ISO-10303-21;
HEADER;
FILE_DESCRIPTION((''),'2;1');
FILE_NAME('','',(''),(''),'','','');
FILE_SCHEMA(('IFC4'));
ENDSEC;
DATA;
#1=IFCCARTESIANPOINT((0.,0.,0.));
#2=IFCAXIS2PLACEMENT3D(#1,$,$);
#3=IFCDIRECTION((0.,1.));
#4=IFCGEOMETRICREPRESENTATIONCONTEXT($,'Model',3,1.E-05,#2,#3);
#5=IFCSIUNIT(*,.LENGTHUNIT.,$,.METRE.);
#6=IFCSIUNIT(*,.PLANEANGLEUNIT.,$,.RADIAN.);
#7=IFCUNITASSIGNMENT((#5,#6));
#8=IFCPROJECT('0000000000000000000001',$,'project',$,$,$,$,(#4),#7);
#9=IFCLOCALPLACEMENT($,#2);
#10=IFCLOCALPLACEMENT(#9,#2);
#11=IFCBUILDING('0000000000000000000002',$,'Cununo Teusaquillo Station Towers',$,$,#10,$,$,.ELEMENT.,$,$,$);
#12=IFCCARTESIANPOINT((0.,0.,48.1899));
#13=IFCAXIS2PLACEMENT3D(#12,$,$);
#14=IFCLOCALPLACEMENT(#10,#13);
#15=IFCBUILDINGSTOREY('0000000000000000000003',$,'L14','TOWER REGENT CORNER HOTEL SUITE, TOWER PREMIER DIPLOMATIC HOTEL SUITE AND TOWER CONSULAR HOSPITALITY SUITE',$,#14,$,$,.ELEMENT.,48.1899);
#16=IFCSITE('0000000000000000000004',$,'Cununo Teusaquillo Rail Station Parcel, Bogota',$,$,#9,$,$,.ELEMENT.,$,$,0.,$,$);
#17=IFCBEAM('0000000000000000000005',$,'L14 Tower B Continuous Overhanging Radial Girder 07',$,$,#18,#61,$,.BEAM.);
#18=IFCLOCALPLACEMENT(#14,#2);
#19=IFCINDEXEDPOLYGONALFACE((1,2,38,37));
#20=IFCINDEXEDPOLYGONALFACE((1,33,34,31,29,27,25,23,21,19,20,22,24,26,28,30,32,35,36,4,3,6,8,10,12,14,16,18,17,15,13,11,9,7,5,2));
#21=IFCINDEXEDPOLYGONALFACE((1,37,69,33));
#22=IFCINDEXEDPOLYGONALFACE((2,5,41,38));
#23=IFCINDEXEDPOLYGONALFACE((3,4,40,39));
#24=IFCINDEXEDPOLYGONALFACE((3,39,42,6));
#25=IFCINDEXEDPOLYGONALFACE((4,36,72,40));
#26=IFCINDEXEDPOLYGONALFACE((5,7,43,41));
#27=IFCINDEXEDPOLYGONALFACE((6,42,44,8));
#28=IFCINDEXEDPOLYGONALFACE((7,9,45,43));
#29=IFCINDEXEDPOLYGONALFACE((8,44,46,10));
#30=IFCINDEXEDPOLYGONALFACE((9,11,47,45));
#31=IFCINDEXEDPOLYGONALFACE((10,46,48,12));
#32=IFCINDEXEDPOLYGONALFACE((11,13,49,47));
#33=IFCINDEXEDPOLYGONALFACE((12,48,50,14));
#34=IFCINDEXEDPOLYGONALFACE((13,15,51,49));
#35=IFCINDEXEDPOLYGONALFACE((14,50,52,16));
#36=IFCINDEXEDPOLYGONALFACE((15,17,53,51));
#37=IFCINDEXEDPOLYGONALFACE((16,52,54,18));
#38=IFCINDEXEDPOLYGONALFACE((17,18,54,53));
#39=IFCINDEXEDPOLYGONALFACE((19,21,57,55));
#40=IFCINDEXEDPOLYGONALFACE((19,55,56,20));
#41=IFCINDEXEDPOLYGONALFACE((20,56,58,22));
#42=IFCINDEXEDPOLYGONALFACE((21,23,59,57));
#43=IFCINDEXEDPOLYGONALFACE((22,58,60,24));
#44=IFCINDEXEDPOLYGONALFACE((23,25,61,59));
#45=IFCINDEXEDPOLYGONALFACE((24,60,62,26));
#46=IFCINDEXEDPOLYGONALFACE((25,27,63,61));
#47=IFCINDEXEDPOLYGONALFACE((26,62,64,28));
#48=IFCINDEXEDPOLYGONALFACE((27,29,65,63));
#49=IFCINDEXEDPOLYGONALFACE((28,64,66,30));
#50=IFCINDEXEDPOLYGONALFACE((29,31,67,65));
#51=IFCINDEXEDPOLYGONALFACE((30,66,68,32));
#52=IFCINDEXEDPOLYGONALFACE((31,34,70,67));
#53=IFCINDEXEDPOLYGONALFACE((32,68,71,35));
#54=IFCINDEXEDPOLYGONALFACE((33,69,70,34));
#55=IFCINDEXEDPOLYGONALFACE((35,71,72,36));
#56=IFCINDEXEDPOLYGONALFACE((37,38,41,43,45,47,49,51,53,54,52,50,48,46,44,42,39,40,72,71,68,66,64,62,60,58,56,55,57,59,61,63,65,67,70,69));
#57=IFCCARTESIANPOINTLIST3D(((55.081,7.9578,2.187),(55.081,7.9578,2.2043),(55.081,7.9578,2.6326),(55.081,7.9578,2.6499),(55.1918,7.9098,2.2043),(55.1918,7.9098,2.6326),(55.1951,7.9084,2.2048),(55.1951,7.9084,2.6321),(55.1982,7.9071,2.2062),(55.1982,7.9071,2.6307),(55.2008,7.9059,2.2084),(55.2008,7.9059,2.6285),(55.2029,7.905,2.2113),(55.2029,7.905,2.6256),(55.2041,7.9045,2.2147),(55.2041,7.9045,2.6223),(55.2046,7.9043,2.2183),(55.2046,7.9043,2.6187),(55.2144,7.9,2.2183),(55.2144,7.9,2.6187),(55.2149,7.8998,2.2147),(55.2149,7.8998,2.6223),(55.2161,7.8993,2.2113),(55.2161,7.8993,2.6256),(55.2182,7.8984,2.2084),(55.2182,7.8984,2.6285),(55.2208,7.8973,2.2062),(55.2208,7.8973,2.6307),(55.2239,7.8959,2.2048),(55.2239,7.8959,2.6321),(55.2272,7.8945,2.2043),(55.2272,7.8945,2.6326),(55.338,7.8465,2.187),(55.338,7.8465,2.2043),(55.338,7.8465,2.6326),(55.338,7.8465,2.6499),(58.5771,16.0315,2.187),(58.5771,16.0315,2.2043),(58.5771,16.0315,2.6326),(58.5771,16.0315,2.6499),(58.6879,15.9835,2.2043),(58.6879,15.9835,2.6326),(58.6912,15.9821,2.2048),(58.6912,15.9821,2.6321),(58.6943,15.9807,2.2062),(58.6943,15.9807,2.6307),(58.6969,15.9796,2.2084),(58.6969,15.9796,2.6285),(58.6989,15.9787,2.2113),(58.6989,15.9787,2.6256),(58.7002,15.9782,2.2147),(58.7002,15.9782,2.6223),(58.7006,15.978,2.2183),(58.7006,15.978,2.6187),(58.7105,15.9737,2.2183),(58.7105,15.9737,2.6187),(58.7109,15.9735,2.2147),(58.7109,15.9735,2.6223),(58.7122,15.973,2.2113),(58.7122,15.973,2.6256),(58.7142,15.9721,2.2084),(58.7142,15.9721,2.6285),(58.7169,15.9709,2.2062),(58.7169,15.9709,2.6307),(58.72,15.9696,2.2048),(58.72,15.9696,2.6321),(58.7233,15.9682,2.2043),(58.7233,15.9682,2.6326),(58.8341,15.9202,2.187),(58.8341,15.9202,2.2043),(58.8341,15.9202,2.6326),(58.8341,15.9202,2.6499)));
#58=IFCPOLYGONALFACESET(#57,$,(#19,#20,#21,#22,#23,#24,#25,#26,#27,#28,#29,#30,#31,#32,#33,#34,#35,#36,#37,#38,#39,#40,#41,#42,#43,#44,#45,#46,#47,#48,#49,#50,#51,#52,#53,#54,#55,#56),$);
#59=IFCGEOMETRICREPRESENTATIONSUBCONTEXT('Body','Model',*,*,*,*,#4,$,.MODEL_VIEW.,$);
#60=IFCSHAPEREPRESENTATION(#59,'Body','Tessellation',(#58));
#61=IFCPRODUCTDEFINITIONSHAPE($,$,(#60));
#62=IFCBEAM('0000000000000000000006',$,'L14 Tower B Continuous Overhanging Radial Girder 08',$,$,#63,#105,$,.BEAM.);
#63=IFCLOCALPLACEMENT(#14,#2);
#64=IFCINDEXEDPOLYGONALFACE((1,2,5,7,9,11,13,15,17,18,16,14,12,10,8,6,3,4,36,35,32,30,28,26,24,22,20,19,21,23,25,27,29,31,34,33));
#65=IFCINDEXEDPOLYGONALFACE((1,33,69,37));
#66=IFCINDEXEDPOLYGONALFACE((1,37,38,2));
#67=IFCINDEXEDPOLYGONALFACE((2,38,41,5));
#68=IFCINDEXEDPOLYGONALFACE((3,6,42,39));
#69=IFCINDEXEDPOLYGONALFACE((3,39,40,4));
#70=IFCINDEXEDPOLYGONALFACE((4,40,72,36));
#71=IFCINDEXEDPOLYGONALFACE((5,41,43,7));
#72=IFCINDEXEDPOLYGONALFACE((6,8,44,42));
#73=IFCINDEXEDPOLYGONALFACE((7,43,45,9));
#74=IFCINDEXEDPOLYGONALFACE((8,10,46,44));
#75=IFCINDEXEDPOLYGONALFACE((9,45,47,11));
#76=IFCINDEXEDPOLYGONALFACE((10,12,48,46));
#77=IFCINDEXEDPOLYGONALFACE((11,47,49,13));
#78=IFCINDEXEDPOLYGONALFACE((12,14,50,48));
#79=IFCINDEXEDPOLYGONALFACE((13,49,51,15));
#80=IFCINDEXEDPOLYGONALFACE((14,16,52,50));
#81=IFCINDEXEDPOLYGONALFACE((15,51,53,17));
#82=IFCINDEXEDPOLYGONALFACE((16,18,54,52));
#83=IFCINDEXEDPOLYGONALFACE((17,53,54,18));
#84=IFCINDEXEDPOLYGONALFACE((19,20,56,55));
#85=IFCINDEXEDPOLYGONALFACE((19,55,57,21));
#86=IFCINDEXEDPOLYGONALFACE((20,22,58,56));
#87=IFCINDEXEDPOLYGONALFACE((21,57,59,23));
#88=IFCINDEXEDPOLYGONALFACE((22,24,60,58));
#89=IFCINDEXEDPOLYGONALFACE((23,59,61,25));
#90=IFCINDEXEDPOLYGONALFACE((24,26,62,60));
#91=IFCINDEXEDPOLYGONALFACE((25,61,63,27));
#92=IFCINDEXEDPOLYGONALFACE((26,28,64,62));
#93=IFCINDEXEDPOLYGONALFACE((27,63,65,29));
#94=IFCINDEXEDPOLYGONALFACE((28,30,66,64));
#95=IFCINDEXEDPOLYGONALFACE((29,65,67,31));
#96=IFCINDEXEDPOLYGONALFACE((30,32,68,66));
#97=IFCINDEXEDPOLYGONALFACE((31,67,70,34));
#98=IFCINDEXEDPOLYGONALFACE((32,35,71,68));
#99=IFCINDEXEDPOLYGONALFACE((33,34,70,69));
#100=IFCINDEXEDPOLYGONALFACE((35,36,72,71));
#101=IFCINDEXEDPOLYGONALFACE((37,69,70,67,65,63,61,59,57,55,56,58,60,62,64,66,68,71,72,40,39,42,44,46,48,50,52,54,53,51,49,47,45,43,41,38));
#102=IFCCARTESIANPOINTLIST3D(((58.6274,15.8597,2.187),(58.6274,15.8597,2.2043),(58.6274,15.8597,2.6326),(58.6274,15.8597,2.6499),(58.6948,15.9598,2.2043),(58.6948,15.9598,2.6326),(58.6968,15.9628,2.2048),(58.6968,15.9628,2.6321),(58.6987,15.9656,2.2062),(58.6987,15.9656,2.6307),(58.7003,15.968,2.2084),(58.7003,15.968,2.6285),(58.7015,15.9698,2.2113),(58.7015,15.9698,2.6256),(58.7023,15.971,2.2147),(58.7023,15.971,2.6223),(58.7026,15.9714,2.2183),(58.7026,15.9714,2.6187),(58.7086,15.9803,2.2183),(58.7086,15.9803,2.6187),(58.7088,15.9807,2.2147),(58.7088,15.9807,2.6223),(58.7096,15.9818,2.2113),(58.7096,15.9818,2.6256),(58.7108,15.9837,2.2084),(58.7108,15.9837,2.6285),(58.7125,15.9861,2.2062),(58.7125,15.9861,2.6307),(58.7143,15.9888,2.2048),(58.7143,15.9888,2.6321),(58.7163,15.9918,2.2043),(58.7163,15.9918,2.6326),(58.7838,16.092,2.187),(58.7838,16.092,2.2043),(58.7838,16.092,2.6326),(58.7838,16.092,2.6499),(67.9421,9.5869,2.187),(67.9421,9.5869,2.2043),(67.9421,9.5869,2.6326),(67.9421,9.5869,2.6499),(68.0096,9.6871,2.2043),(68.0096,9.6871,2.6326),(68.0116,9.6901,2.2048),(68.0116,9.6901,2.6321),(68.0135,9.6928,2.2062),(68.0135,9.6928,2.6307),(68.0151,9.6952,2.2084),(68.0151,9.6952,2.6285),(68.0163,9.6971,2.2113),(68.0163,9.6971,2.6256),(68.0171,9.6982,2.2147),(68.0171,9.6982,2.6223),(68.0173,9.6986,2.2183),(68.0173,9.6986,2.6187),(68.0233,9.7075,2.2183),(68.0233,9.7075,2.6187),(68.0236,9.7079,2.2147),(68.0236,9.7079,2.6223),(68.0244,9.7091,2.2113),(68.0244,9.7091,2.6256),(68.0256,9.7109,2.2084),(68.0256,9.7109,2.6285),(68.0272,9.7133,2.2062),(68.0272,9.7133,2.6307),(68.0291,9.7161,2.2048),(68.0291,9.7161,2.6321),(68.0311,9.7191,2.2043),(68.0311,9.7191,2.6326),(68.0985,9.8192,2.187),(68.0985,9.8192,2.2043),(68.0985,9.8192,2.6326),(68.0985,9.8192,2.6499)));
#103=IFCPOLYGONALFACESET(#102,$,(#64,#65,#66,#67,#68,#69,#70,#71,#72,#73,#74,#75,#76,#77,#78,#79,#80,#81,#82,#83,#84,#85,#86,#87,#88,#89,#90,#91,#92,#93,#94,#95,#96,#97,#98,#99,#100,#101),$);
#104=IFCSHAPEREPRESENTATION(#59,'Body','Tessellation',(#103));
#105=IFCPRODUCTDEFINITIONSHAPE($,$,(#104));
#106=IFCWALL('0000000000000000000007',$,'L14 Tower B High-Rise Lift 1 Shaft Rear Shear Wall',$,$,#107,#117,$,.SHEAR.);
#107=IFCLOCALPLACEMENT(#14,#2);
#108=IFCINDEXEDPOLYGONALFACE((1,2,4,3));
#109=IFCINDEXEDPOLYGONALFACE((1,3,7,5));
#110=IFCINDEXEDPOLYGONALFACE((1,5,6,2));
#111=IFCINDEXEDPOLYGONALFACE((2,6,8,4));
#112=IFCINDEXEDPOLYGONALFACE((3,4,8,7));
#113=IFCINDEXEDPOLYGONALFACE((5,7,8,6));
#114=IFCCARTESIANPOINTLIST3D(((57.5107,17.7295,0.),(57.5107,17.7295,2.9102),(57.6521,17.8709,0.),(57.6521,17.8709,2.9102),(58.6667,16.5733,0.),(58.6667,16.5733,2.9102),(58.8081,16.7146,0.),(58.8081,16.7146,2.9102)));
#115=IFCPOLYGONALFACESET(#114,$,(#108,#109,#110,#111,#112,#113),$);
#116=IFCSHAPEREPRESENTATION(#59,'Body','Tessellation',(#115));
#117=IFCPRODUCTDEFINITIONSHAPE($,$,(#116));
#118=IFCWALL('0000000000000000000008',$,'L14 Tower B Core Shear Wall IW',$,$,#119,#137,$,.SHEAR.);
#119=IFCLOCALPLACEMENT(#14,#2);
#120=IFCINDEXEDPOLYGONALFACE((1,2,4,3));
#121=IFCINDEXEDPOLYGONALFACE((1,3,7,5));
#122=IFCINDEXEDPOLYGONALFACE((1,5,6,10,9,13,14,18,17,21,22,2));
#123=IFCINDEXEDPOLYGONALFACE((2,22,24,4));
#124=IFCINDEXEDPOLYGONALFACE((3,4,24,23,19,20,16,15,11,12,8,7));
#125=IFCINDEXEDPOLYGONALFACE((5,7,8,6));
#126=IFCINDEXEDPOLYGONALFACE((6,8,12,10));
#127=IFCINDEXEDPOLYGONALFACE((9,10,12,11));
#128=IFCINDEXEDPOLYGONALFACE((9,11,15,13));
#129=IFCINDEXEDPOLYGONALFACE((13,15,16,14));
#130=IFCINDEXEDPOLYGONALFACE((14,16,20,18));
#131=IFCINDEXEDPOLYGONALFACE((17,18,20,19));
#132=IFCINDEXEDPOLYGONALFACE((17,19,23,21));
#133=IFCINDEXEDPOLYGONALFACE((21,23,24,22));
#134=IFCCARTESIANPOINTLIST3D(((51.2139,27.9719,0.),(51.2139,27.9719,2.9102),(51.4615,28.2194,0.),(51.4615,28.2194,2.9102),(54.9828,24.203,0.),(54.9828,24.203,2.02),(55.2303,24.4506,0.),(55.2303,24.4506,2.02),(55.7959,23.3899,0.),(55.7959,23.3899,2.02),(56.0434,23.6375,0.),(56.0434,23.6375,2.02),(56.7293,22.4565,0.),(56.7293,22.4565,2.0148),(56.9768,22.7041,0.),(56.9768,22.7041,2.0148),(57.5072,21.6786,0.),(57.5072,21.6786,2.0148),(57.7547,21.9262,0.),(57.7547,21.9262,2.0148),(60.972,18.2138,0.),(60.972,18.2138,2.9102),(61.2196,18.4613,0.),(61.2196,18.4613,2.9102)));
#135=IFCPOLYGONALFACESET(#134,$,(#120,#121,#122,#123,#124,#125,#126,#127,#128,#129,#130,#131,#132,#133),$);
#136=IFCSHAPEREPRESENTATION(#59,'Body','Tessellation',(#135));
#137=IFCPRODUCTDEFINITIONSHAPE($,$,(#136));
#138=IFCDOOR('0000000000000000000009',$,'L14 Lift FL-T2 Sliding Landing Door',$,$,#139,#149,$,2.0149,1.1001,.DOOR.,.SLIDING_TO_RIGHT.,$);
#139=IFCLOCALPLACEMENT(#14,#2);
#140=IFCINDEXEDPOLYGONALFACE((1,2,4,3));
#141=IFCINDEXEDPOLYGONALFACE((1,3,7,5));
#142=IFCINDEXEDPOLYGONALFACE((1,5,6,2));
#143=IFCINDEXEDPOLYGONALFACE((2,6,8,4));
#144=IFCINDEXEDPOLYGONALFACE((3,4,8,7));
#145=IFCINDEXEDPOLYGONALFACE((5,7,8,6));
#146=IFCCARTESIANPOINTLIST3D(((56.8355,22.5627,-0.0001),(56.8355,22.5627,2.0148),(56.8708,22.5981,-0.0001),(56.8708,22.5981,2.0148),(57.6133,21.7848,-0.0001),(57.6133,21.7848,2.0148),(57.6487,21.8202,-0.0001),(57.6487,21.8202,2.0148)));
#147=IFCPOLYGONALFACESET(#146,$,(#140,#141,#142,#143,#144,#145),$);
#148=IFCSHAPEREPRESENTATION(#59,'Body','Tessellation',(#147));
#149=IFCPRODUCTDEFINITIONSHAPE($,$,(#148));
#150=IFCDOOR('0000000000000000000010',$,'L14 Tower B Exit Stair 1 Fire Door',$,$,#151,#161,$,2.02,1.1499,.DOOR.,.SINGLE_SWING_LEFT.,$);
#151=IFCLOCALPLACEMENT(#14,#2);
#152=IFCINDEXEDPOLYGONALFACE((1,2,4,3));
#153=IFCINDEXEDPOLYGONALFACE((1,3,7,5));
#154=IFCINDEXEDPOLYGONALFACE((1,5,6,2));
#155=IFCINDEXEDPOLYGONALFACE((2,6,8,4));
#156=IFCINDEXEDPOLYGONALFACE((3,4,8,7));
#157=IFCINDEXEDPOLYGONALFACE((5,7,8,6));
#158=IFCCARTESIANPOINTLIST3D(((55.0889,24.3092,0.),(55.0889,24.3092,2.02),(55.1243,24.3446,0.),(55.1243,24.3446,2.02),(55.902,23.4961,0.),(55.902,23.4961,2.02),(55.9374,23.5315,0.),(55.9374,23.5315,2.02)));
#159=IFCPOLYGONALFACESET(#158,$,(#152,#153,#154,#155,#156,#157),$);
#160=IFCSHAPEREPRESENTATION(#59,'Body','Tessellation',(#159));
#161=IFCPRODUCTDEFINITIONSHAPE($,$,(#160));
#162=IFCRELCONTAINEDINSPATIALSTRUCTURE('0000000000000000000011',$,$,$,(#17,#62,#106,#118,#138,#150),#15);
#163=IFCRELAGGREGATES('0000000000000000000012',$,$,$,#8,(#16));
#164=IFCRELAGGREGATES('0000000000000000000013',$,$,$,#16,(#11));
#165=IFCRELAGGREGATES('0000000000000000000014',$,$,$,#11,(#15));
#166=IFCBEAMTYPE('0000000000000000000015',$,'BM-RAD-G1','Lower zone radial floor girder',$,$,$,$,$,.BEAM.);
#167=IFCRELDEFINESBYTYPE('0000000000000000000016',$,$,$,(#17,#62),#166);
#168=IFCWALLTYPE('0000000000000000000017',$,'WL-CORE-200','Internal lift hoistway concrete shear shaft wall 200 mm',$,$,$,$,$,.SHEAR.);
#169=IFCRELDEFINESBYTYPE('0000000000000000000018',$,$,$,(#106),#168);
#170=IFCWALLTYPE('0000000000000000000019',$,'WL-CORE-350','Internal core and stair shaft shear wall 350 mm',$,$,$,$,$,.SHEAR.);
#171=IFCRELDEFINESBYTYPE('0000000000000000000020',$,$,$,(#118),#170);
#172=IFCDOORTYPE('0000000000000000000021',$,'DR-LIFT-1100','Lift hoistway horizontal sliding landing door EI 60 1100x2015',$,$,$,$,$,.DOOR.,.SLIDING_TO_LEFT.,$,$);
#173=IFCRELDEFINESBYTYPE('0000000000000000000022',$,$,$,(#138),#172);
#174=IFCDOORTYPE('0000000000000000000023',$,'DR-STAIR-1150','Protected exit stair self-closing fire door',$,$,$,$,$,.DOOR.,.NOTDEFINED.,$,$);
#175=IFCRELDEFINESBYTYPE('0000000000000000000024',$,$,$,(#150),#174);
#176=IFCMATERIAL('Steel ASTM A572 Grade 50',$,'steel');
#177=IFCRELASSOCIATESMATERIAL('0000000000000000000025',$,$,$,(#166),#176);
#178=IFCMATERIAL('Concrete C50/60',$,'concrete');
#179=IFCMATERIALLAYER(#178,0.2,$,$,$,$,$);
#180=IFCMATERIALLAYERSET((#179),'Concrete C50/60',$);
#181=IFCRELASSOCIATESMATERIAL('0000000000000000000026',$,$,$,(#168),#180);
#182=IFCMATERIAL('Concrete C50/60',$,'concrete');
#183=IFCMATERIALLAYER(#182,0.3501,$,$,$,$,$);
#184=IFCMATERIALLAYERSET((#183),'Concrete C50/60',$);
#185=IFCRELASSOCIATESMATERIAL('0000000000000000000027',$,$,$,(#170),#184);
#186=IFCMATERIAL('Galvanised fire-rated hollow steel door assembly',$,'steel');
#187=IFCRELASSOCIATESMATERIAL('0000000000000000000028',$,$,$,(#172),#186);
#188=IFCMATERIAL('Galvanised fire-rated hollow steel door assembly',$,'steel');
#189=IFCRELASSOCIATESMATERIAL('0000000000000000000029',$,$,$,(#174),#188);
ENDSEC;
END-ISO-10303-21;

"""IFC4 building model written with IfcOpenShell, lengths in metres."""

from ifc_helpers import new_model, si_unit, direction, frame, frame_2d, origin, origin_2d, place, context, subcontext, project, spatial, rectangle, i_section, extrude, source, transform, mapped, material, layer, layer_set, material_profile, profile_set, type_object, element, fill, save


model = new_model("IFC4")

# Units and contexts
model_context = context("Model", 3, precision=1e-05, world=origin(), true_north=direction((0.0, 1.0)))
body_context = subcontext(model_context, "Body", "Model", "MODEL_VIEW")
ifc_project = project(units=[si_unit("LENGTHUNIT", "METRE"), si_unit("PLANEANGLEUNIT", "RADIAN")], contexts=[model_context])

# Site, building, storey
site_placement = place(None, origin())
site = spatial("IfcSite", under=ifc_project, at=site_placement, Name="Cununo Teusaquillo Rail Station Parcel, Bogota", CompositionType="ELEMENT", RefElevation=0.0)
building_placement = place(site_placement, origin())
building = spatial("IfcBuilding", under=site, at=building_placement, Name="Cununo Teusaquillo Station Towers", CompositionType="ELEMENT")
storey_placement = place(building_placement, frame((0.0, 0.0, 48.1899)))
storey = spatial("IfcBuildingStorey", under=building, at=storey_placement, Name="L14", Description="TOWER REGENT CORNER HOTEL SUITE, TOWER PREMIER DIPLOMATIC HOTEL SUITE AND TOWER CONSULAR HOSPITALITY SUITE", CompositionType="ELEMENT", Elevation=48.1899)

# Beams
ifc_material_1 = material(Name="Steel ASTM A572 Grade 50", Category="steel")
ifc_material_profile_1 = material_profile(ifc_material_1, i_section(OverallWidth=0.28, OverallDepth=0.4629, WebThickness=0.0107, FlangeThickness=0.0173, FilletRadius=0.0139, at=origin_2d()), Name="W18X76")
ifc_profile_set_1 = profile_set([ifc_material_profile_1], Name="Steel ASTM A572 Grade 50")
beam_type_1 = type_object("IfcBeamType", Name="BM-RAD-G1", Description="Lower zone radial floor girder", PredefinedType="BEAM", material=ifc_profile_set_1)
beam_1_placement = place(storey_placement, frame((58.7056, 15.9758, 2.4185), z_axis=(-0.397366, -0.91766, 0.0), x_axis=(0.91766, -0.397366, 0.0)))
element("IfcBeam", 1, at=beam_1_placement, inside=storey, type_object=beam_type_1, Name="L14 Tower B Continuous Overhanging Radial Girder 07", PredefinedType="BEAM", context=body_context, shape_type="SweptSolid", body=[
    extrude(i_section(OverallWidth=0.28, OverallDepth=0.4629, WebThickness=0.0107, FlangeThickness=0.0173, FilletRadius=0.0139, at=origin_2d()), origin(), (0.0, 0.0, 1.0), 8.7981),
])
beam_2_placement = place(storey_placement, frame((58.7056, 15.9758, 2.4185), z_axis=(0.829456, -0.558572, 0.0), x_axis=(0.558572, 0.829456, 0.0)))
element("IfcBeam", 2, at=beam_2_placement, inside=storey, type_object=beam_type_1, Name="L14 Tower B Continuous Overhanging Radial Girder 08", PredefinedType="BEAM", context=body_context, shape_type="SweptSolid", body=[
    extrude(i_section(OverallWidth=0.28, OverallDepth=0.4629, WebThickness=0.0107, FlangeThickness=0.0173, FilletRadius=0.0139, at=origin_2d()), origin(), (0.0, 0.0, 1.0), 11.23),
])

# Wall
ifc_material_2 = material(Name="Concrete C50/60", Category="concrete")
ifc_layer_1 = layer(ifc_material_2, 0.2)
ifc_layer_set_1 = layer_set([ifc_layer_1], Name="Concrete C50/60")
wall_type_1 = type_object("IfcWallType", Name="WL-CORE-200", Description="Internal lift hoistway concrete shear shaft wall 200 mm", PredefinedType="SHEAR", material=ifc_layer_set_1)
wall_1_placement = place(storey_placement, frame((58.7373, 16.644, 0.0), z_axis=(0.0, 0.0, 1.0), x_axis=(-0.707032, 0.707181, 0.0)))
element("IfcWall", 3, at=wall_1_placement, inside=storey, type_object=wall_type_1, Name="L14 Tower B High-Rise Lift 1 Shaft Rear Shear Wall", PredefinedType="SHEAR", context=body_context, shape_type="SweptSolid", body=[
    extrude(rectangle(XDim=1.635, YDim=0.2, at=frame_2d((0.8174, 0.0))), origin(), (0.0, 0.0, 1.0), 2.9102),
])

# Wall, openings, doors
ifc_material_3 = material(Name="Concrete C50/60", Category="concrete")
ifc_layer_2 = layer(ifc_material_3, 0.3501)
ifc_layer_set_2 = layer_set([ifc_layer_2], Name="Concrete C50/60")
wall_type_2 = type_object("IfcWallType", Name="WL-CORE-350", Description="Internal core and stair shaft shear wall 350 mm", PredefinedType="SHEAR", material=ifc_layer_set_2)
wall_2_placement = place(storey_placement, frame((61.0957, 18.3376, 0.0), z_axis=(0.0, 0.0, 1.0), x_axis=(-0.707107, 0.707107, 0.0)))
wall_2 = element("IfcWall", 4, at=wall_2_placement, inside=storey, type_object=wall_type_2, Name="L14 Tower B Core Shear Wall IW", PredefinedType="SHEAR", context=body_context, shape_type="SweptSolid", body=[
    extrude(rectangle(XDim=13.8, YDim=0.3501, at=frame_2d((6.8999, 0.0))), origin(), (0.0, 0.0, 1.0), 2.9102),
])
shared_shape_1 = source(origin(), body_context, "Body", "SweptSolid", [
    extrude(rectangle(XDim=1.1001, YDim=2.0149, at=frame_2d((0.55, 1.0073))), frame((0.0, 0.1851, 0.0), z_axis=(0.0, -1.0, 0.0), x_axis=(1.0, 0.0, 0.0)), (0.0, 0.0, 1.0), 0.3701),
])
opening_1_placement = place(wall_2_placement, frame((4.8999, 0.0, 0.0)))
opening_1 = element("IfcOpeningElement", 5, at=opening_1_placement, cuts=wall_2, PredefinedType="OPENING", context=body_context, shape_type="MappedRepresentation", body=[
    mapped(shared_shape_1, transform((0.0, 0.0, 0.0), x_axis=(1.0, 0.0, 0.0), y_axis=(0.0, 1.0, 0.0), z_axis=(0.0, 0.0, 1.0), scale=1.0)),
])
shared_shape_2 = source(origin(), body_context, "Body", "SweptSolid", [
    extrude(rectangle(XDim=1.1499, YDim=2.02, at=frame_2d((0.575, 1.01))), frame((0.0, 0.1851, 0.0), z_axis=(0.0, -1.0, 0.0), x_axis=(1.0, 0.0, 0.0)), (0.0, 0.0, 1.0), 0.3701),
])
opening_2_placement = place(wall_2_placement, frame((7.3201, 0.0, 0.0)))
opening_2 = element("IfcOpeningElement", 6, at=opening_2_placement, cuts=wall_2, PredefinedType="OPENING", context=body_context, shape_type="MappedRepresentation", body=[
    mapped(shared_shape_2, transform((0.0, 0.0, 0.0), x_axis=(1.0, 0.0, 0.0), y_axis=(0.0, 1.0, 0.0), z_axis=(0.0, 0.0, 1.0), scale=1.0)),
])
ifc_material_4 = material(Name="Galvanised fire-rated hollow steel door assembly", Category="steel")
door_type_1 = type_object("IfcDoorType", Name="DR-LIFT-1100", Description="Lift hoistway horizontal sliding landing door EI 60 1100x2015", OperationType="SLIDING_TO_LEFT", PredefinedType="DOOR", material=ifc_material_4)
shared_shape_3 = source(origin(), body_context, "Body", "SweptSolid", [
    extrude(rectangle(XDim=1.1001, YDim=2.0149, at=frame_2d((0.55, 1.0073))), frame((0.0, 0.0249, 0.0), z_axis=(0.0, -1.0, 0.0), x_axis=(1.0, 0.0, 0.0)), (0.0, 0.0, 1.0), 0.05),
])
door_1_placement = place(opening_1_placement, origin())
door_1 = element("IfcDoor", 7, at=door_1_placement, inside=storey, type_object=door_type_1, Name="L14 Lift FL-T2 Sliding Landing Door", OperationType="SLIDING_TO_RIGHT", OverallHeight=2.0149, OverallWidth=1.1001, PredefinedType="DOOR", context=body_context, shape_type="MappedRepresentation", body=[
    mapped(shared_shape_3, transform((0.0, 0.0, 0.0), x_axis=(1.0, 0.0, 0.0), y_axis=(0.0, 1.0, 0.0), z_axis=(0.0, 0.0, 1.0), scale=1.0)),
])
fill(opening_1, door_1)
ifc_material_5 = material(Name="Galvanised fire-rated hollow steel door assembly", Category="steel")
door_type_2 = type_object("IfcDoorType", Name="DR-STAIR-1150", Description="Protected exit stair self-closing fire door", OperationType="NOTDEFINED", PredefinedType="DOOR", material=ifc_material_5)
shared_shape_4 = source(origin(), body_context, "Body", "SweptSolid", [
    extrude(rectangle(XDim=1.1499, YDim=2.02, at=frame_2d((0.575, 1.01))), frame((0.0, 0.0249, 0.0), z_axis=(0.0, -1.0, 0.0), x_axis=(1.0, 0.0, 0.0)), (0.0, 0.0, 1.0), 0.05),
])
door_2_placement = place(opening_2_placement, origin())
door_2 = element("IfcDoor", 8, at=door_2_placement, inside=storey, type_object=door_type_2, Name="L14 Tower B Exit Stair 1 Fire Door", OperationType="SINGLE_SWING_LEFT", OverallHeight=2.02, OverallWidth=1.1499, PredefinedType="DOOR", context=body_context, shape_type="MappedRepresentation", body=[
    mapped(shared_shape_4, transform((0.0, 0.0, 0.0), x_axis=(1.0, 0.0, 0.0), y_axis=(0.0, 1.0, 0.0), z_axis=(0.0, 0.0, 1.0), scale=1.0)),
])
fill(opening_2, door_2)

save(model, "model.ifc")
